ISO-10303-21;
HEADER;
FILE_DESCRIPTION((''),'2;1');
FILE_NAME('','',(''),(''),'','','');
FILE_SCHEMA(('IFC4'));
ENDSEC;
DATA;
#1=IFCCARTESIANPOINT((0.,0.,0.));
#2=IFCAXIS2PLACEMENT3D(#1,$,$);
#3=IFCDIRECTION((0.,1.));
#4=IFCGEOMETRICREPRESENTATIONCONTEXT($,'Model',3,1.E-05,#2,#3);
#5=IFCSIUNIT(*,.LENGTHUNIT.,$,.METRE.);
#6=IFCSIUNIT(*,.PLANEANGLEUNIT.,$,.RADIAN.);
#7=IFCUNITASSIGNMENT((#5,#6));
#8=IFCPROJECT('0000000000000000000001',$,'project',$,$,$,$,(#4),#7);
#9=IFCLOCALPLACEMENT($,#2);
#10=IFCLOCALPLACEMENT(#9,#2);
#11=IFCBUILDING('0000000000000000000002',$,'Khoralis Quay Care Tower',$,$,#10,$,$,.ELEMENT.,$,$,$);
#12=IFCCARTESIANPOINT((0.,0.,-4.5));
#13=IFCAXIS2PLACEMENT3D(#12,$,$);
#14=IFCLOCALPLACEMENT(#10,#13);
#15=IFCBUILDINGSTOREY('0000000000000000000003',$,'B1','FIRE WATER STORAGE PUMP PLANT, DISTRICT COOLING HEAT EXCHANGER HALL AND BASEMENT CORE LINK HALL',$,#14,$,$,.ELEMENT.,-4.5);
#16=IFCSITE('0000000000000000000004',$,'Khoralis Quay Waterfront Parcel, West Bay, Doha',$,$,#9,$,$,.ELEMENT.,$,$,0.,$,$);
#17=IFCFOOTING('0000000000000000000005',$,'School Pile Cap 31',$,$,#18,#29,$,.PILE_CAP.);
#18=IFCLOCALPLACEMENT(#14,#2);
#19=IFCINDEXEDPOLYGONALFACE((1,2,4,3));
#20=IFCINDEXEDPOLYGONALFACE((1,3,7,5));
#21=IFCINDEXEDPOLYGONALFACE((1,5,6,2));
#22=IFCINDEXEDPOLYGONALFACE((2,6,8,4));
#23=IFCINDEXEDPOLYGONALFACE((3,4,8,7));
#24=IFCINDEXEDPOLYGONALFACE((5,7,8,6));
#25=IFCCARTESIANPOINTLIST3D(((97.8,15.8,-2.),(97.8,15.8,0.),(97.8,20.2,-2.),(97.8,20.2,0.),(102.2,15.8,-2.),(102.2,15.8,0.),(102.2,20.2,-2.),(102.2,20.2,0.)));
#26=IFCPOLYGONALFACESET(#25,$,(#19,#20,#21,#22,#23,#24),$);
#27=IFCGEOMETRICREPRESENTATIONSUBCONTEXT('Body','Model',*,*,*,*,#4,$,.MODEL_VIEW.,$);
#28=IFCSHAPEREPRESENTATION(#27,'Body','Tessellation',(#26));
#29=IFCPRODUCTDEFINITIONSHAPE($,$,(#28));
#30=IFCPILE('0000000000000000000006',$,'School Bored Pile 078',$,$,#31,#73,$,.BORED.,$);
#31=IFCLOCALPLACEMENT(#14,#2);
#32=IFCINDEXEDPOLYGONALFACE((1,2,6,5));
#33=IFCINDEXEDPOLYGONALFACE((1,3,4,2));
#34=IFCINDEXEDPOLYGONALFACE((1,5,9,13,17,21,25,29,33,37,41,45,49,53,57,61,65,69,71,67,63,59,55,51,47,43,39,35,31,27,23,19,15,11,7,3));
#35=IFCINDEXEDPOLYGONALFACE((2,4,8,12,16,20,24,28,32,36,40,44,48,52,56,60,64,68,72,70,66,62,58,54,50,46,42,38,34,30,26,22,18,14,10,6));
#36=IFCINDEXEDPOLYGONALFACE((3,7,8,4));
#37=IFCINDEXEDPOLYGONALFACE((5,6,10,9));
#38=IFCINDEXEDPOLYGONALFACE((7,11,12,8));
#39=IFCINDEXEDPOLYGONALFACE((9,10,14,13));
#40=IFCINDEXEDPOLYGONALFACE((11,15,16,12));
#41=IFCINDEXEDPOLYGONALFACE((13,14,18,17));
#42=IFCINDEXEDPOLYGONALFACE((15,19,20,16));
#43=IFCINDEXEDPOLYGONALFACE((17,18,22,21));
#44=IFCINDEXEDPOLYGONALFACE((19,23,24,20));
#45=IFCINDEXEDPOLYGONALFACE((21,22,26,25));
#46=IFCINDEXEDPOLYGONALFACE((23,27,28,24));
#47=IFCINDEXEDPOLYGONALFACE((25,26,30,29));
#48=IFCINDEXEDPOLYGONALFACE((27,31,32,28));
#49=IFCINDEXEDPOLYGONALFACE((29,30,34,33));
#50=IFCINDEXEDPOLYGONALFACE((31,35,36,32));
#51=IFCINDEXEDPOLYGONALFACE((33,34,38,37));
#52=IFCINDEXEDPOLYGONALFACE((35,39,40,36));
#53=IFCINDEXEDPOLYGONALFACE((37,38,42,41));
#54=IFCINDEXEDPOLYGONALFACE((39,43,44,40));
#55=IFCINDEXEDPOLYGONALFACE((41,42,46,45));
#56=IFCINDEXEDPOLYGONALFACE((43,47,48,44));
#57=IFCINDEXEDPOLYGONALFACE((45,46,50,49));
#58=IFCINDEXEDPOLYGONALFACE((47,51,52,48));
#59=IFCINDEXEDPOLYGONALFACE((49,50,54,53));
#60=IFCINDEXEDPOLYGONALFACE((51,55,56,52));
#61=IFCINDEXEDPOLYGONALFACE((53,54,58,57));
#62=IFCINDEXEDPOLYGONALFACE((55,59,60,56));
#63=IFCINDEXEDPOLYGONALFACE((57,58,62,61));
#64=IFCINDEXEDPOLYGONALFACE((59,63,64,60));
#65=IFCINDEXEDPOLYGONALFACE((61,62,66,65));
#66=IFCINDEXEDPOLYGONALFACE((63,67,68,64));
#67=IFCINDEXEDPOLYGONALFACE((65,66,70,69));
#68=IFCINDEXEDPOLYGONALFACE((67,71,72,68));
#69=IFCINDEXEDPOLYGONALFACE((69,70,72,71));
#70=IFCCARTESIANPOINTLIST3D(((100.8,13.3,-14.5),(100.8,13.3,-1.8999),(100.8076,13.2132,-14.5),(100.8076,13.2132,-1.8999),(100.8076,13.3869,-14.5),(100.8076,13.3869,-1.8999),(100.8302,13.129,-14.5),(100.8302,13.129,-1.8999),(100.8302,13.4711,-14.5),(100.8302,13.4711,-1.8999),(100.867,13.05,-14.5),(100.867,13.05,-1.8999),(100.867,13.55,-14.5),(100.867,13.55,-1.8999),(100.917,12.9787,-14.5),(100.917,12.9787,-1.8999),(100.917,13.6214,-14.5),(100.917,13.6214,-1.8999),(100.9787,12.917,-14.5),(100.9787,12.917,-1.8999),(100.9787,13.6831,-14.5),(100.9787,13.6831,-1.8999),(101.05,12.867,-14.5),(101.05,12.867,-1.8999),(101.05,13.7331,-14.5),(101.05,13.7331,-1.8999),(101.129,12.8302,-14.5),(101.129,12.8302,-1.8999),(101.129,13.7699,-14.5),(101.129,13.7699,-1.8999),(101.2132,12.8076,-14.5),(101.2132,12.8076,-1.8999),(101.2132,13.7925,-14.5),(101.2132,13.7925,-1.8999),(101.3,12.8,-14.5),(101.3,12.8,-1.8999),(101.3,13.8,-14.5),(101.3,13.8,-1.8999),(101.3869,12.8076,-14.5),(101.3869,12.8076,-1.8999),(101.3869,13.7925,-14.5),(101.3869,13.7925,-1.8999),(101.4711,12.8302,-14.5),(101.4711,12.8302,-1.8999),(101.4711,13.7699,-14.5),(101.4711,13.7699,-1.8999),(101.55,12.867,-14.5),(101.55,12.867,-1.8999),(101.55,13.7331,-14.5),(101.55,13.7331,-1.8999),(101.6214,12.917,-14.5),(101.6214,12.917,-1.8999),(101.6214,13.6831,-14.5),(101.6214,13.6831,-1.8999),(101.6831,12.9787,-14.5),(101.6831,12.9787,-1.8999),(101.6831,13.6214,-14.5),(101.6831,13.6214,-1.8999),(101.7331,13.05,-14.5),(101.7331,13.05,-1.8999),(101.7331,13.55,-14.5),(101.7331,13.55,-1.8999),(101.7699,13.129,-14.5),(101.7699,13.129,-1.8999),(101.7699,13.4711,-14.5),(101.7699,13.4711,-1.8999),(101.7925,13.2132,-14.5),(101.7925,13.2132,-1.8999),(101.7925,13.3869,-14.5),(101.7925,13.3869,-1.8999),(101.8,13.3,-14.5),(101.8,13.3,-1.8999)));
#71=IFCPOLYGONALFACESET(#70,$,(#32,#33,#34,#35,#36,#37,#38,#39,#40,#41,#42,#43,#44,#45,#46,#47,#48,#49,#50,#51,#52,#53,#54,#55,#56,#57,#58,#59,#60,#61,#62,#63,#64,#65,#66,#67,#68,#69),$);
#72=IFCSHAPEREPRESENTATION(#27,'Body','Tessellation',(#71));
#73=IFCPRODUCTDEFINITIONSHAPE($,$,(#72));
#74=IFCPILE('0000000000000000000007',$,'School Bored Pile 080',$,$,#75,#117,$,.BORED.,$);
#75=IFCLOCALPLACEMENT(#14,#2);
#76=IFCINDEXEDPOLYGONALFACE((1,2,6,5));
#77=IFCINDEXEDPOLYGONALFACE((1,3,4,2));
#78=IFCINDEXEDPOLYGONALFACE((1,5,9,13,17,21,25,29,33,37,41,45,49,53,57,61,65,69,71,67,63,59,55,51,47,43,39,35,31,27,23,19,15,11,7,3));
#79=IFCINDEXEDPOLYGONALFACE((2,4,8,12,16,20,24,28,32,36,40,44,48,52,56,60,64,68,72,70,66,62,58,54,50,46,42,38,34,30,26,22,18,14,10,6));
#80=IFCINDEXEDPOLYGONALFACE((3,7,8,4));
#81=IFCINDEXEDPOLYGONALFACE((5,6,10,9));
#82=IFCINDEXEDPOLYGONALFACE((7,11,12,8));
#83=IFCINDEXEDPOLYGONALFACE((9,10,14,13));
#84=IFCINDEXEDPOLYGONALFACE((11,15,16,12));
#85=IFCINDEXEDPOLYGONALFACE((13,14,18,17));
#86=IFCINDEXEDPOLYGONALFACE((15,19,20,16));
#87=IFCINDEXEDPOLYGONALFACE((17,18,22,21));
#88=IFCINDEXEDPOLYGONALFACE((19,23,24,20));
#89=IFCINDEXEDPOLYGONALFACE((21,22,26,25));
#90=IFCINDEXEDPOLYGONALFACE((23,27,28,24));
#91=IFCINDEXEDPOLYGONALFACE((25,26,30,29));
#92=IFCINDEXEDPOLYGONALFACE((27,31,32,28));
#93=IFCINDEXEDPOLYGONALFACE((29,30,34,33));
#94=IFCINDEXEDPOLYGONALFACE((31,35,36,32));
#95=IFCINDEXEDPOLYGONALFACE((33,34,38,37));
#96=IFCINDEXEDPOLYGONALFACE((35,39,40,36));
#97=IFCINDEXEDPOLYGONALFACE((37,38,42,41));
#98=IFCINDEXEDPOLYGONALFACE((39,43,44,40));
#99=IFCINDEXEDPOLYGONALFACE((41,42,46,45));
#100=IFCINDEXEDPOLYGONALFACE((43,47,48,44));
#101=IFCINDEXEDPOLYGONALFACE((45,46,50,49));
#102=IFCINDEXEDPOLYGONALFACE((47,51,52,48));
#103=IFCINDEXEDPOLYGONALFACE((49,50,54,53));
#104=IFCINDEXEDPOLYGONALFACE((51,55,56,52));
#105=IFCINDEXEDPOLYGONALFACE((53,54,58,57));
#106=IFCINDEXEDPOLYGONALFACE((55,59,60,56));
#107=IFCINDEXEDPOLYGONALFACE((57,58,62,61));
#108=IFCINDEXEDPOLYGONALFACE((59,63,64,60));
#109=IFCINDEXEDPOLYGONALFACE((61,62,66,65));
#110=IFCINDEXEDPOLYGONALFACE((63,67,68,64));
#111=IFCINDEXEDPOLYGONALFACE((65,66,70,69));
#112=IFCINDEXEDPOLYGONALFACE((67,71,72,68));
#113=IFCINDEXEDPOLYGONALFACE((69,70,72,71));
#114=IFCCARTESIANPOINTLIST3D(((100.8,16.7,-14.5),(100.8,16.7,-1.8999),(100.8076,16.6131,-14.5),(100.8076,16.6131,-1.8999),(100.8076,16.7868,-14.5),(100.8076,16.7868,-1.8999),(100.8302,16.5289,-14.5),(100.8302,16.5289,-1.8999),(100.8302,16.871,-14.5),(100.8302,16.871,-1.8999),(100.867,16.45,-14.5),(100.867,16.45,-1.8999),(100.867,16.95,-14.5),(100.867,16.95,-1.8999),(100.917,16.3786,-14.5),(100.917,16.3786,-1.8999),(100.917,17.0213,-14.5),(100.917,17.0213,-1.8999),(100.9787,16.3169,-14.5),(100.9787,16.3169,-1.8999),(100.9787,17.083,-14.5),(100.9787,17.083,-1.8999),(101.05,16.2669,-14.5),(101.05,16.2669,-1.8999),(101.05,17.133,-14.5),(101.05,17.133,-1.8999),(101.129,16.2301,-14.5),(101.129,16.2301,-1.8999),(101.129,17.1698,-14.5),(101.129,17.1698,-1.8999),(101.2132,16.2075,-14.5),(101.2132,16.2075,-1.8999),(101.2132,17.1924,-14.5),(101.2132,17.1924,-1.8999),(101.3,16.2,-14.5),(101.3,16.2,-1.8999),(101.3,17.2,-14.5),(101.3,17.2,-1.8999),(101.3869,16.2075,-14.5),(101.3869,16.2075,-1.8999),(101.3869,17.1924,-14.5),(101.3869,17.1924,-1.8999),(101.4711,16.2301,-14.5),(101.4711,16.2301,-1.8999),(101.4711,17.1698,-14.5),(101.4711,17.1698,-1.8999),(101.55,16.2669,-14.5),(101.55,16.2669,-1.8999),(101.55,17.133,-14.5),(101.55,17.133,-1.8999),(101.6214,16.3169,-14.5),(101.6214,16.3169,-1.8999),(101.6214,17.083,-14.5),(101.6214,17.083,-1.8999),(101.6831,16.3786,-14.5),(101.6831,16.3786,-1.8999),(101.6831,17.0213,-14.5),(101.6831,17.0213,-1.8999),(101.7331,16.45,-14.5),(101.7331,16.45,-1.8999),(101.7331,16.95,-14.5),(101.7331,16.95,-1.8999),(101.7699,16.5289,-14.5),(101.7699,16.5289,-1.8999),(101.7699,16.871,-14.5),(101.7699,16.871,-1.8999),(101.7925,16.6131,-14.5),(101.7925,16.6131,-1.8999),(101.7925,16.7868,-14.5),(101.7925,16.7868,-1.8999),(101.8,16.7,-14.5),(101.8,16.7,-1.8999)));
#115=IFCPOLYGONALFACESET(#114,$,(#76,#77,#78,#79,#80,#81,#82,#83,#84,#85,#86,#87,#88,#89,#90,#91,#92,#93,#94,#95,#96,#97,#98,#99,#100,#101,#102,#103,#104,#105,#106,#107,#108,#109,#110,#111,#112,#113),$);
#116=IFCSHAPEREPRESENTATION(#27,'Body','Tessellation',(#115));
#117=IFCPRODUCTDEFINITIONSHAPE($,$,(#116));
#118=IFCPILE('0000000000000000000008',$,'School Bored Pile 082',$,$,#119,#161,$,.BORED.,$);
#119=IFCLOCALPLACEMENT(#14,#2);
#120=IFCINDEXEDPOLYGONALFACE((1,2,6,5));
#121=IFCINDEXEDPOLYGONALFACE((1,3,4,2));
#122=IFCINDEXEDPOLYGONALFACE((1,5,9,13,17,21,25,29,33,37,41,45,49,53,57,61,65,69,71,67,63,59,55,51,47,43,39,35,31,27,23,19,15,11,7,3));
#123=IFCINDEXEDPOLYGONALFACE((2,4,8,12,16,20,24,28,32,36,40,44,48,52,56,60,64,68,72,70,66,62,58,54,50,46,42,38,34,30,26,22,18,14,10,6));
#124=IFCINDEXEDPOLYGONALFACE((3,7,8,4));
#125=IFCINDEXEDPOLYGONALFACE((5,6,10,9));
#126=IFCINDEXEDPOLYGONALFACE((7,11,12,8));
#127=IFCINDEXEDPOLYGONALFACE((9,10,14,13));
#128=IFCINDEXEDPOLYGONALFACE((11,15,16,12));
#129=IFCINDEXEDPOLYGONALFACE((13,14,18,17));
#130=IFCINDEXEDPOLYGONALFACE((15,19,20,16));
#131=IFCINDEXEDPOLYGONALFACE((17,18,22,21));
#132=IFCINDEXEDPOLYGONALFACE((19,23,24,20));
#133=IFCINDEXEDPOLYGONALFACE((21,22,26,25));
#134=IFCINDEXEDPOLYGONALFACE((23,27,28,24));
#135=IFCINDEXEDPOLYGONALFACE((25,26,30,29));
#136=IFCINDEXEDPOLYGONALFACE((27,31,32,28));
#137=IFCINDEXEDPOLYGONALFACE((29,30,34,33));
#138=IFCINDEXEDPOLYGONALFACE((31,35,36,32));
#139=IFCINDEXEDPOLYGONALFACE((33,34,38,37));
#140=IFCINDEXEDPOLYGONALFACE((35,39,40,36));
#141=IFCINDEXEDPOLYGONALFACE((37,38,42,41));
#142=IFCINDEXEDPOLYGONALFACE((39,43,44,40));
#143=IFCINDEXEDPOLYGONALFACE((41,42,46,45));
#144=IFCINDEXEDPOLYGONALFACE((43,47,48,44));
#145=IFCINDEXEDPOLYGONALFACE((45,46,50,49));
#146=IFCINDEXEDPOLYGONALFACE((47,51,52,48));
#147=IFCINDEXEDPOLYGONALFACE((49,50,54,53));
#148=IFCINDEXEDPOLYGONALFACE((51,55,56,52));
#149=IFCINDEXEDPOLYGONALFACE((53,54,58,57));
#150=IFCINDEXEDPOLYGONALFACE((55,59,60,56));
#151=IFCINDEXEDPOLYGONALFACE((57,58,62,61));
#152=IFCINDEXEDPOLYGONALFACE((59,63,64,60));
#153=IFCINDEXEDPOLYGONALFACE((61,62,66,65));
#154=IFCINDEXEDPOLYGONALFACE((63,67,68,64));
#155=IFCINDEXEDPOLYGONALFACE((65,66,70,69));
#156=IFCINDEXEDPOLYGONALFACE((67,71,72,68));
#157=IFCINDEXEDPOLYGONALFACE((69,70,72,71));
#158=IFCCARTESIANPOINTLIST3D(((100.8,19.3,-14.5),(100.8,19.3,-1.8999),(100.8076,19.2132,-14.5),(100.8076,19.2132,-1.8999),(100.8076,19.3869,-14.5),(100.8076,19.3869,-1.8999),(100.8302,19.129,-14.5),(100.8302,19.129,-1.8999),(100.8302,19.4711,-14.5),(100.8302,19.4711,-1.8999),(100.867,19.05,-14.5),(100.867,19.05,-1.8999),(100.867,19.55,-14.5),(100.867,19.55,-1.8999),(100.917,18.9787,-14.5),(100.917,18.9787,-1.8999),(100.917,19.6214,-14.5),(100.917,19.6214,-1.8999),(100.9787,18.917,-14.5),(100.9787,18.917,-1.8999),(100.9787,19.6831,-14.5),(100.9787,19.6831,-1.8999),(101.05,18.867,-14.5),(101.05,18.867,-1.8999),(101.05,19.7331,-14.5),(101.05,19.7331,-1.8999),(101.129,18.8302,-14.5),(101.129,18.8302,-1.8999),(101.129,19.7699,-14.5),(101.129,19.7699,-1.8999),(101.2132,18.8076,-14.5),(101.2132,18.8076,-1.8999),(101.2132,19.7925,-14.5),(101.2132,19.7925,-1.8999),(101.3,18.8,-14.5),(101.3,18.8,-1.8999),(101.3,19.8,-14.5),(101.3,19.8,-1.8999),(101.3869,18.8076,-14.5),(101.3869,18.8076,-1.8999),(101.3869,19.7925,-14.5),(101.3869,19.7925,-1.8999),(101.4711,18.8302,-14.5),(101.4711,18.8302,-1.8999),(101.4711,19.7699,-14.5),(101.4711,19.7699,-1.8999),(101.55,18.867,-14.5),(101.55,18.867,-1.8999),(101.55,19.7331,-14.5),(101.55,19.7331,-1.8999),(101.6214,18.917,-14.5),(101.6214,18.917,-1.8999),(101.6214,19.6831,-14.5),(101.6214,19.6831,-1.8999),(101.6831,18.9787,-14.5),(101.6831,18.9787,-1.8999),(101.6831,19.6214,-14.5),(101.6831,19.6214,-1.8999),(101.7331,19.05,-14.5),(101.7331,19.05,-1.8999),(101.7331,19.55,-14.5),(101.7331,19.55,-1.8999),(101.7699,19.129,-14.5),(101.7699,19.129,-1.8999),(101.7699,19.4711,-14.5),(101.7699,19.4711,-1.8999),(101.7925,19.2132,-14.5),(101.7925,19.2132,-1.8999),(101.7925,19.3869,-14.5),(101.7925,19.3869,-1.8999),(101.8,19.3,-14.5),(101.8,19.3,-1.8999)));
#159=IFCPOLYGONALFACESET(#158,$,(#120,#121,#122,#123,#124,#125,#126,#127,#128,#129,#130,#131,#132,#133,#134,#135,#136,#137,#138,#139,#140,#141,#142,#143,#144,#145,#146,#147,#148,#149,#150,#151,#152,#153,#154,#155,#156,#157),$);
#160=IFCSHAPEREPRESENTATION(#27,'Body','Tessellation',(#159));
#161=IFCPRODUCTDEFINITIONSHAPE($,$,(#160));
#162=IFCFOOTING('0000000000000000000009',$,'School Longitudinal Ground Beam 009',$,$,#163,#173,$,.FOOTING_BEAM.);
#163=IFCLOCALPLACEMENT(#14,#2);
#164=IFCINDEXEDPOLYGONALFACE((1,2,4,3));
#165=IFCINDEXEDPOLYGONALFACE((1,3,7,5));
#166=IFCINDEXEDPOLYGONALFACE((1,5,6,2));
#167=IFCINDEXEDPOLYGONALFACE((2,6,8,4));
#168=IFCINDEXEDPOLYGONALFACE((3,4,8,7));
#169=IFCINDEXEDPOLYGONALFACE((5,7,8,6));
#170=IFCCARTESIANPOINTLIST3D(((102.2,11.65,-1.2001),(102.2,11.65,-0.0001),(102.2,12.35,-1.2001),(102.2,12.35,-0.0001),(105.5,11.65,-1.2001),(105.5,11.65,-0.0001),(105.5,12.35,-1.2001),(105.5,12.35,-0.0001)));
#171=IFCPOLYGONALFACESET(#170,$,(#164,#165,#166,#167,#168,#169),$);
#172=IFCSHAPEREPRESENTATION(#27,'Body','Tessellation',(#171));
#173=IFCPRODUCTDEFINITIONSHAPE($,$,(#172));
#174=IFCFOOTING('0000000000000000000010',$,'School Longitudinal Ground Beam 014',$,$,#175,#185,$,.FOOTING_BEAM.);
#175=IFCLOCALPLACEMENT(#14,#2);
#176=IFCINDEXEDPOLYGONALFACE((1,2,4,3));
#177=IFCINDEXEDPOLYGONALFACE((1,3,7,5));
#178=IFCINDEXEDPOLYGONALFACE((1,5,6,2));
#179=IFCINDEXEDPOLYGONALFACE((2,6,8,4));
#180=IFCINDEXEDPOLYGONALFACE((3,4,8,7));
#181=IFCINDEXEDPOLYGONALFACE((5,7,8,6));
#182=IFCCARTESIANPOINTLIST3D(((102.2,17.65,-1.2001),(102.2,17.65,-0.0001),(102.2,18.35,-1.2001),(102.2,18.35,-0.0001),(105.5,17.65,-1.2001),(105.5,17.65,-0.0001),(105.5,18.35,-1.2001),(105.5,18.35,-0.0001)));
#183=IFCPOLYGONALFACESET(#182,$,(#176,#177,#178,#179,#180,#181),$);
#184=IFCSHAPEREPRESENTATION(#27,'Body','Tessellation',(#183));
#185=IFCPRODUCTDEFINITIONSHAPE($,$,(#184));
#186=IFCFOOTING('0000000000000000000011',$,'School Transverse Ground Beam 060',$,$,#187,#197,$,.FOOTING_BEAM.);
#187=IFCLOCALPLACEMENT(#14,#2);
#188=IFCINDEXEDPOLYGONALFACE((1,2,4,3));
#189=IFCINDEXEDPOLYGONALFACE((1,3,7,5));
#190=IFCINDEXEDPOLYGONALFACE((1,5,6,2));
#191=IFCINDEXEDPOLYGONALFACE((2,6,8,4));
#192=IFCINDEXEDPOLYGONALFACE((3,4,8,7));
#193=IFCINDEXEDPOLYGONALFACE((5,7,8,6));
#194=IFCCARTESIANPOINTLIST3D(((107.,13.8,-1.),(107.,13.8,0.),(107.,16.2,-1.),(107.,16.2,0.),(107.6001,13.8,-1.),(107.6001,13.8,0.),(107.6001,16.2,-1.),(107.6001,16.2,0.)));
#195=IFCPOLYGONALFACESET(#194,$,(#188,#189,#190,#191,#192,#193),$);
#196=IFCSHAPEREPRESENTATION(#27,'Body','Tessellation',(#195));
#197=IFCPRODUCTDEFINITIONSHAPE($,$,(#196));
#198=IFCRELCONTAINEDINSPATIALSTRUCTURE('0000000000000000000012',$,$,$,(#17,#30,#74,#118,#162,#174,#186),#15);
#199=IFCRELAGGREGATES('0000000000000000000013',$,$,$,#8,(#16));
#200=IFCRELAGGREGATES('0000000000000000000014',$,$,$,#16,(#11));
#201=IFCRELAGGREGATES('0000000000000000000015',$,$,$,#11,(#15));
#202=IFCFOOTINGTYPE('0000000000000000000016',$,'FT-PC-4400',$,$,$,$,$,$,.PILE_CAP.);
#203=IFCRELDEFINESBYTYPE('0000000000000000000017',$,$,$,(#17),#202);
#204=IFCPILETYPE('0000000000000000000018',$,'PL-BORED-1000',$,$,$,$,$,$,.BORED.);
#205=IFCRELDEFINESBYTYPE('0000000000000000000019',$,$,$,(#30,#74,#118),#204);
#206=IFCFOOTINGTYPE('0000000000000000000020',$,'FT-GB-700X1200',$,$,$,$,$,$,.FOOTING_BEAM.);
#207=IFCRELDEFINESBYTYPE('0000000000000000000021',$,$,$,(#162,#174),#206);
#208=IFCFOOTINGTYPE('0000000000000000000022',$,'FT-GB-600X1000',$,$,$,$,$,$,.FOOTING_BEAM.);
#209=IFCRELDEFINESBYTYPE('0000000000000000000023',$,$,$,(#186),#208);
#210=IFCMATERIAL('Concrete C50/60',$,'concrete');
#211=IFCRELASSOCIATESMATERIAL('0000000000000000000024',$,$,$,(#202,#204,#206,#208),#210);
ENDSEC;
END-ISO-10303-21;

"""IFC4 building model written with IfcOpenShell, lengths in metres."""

from ifc_helpers import new_model, si_unit, direction, frame, origin, origin_2d, place, context, subcontext, project, spatial, rectangle, circle, extrude, source, transform, mapped, material, material_profile, profile_set, type_object, element, save


model = new_model("IFC4")

# Units and contexts
model_context = context("Model", 3, precision=1e-05, world=origin(), true_north=direction((0.0, 1.0)))
body_context = subcontext(model_context, "Body", "Model", "MODEL_VIEW")
ifc_project = project(units=[si_unit("LENGTHUNIT", "METRE"), si_unit("PLANEANGLEUNIT", "RADIAN")], contexts=[model_context])

# Site, building, storey
site_placement = place(None, origin())
site = spatial("IfcSite", under=ifc_project, at=site_placement, Name="Khoralis Quay Waterfront Parcel, West Bay, Doha", CompositionType="ELEMENT", RefElevation=0.0)
building_placement = place(site_placement, origin())
building = spatial("IfcBuilding", under=site, at=building_placement, Name="Khoralis Quay Care Tower", CompositionType="ELEMENT")
storey_placement = place(building_placement, frame((0.0, 0.0, -4.5)))
storey = spatial("IfcBuildingStorey", under=building, at=storey_placement, Name="B1", Description="FIRE WATER STORAGE PUMP PLANT, DISTRICT COOLING HEAT EXCHANGER HALL AND BASEMENT CORE LINK HALL", CompositionType="ELEMENT", Elevation=-4.5)

# Shared definitions
ifc_material_1 = material(Name="Concrete C50/60", Category="concrete")

# Footing
footing_type_1 = type_object("IfcFootingType", Name="FT-PC-4400", PredefinedType="PILE_CAP", material=ifc_material_1)
shared_shape_1 = source(origin(), body_context, "Body", "SweptSolid", [
    extrude(rectangle(XDim=4.3999, YDim=4.3999, at=origin_2d()), origin(), (0.0, 0.0, 1.0), 2.0),
])
footing_1_placement = place(storey_placement, frame((100.0, 18.0, -2.0), z_axis=(0.0, 0.0, 1.0), x_axis=(1.0, 0.0, 0.0)))
element("IfcFooting", 1, at=footing_1_placement, inside=storey, type_object=footing_type_1, Name="School Pile Cap 31", PredefinedType="PILE_CAP", context=body_context, shape_type="MappedRepresentation", body=[
    mapped(shared_shape_1, transform((0.0, 0.0, 0.0), scale=1.0)),
])

# Piles
ifc_material_profile_1 = material_profile(ifc_material_1, circle(Radius=0.5, at=origin_2d()), Name="Concrete C50/60")
ifc_profile_set_1 = profile_set([ifc_material_profile_1], Name="Concrete C50/60")
pile_type_1 = type_object("IfcPileType", Name="PL-BORED-1000", PredefinedType="BORED", material=ifc_profile_set_1)
shared_shape_2 = source(origin(), body_context, "Body", "SweptSolid", [
    extrude(circle(Radius=0.5, at=origin_2d()), origin(), (0.0, 0.0, 1.0), 12.6001),
])
for number, where, z_axis, x_axis, name in (
    (2, (101.3, 13.3, -1.8999), (0.0, 0.0, -1.0), (1.0, 0.0, 0.0), "School Bored Pile 078"),
    (3, (101.3, 16.7, -1.8999), (0.0, 0.0, -1.0), (1.0, 0.0, 0.0), "School Bored Pile 080"),
    (4, (101.3, 19.3, -1.8999), (0.0, 0.0, -1.0), (1.0, 0.0, 0.0), "School Bored Pile 082"),
):
    element("IfcPile", number, at=place(storey_placement, frame(where, z_axis=z_axis, x_axis=x_axis)), inside=storey, type_object=pile_type_1, Name=name, PredefinedType="BORED", context=body_context, shape_type="MappedRepresentation", body=[
        mapped(shared_shape_2, transform((0.0, 0.0, 0.0), scale=1.0)),
    ])

# Footings
ifc_material_profile_2 = material_profile(ifc_material_1, rectangle(XDim=0.7, YDim=1.2, at=origin_2d()), Name="Concrete C50/60")
ifc_profile_set_2 = profile_set([ifc_material_profile_2], Name="Concrete C50/60")
footing_type_2 = type_object("IfcFootingType", Name="FT-GB-700X1200", PredefinedType="FOOTING_BEAM", material=ifc_profile_set_2)
shared_shape_3 = source(origin(), body_context, "Body", "SweptSolid", [
    extrude(rectangle(XDim=0.7, YDim=1.2, at=origin_2d()), origin(), (0.0, 0.0, 1.0), 3.3),
])
for number, where, z_axis, x_axis, name in (
    (5, (102.2, 12.0, -0.6001), (1.0, 0.0, 0.0), (0.0, 1.0, 0.0), "School Longitudinal Ground Beam 009"),
    (6, (102.2, 18.0, -0.6001), (1.0, 0.0, 0.0), (0.0, 1.0, 0.0), "School Longitudinal Ground Beam 014"),
):
    element("IfcFooting", number, at=place(storey_placement, frame(where, z_axis=z_axis, x_axis=x_axis)), inside=storey, type_object=footing_type_2, Name=name, PredefinedType="FOOTING_BEAM", context=body_context, shape_type="MappedRepresentation", body=[
        mapped(shared_shape_3, transform((0.0, 0.0, 0.0), scale=1.0)),
    ])
ifc_material_profile_3 = material_profile(ifc_material_1, rectangle(XDim=0.6001, YDim=1.0, at=origin_2d()), Name="Concrete C50/60")
ifc_profile_set_3 = profile_set([ifc_material_profile_3], Name="Concrete C50/60")
footing_type_3 = type_object("IfcFootingType", Name="FT-GB-600X1000", PredefinedType="FOOTING_BEAM", material=ifc_profile_set_3)
shared_shape_4 = source(origin(), body_context, "Body", "SweptSolid", [
    extrude(rectangle(XDim=0.6001, YDim=1.0, at=origin_2d()), origin(), (0.0, 0.0, 1.0), 2.3999),
])
for number, where, z_axis, x_axis, name in (
    (7, (107.3, 13.8, -0.5), (0.0, 1.0, 0.0), (-1.0, 0.0, 0.0), "School Transverse Ground Beam 060"),
):
    element("IfcFooting", number, at=place(storey_placement, frame(where, z_axis=z_axis, x_axis=x_axis)), inside=storey, type_object=footing_type_3, Name=name, PredefinedType="FOOTING_BEAM", context=body_context, shape_type="MappedRepresentation", body=[
        mapped(shared_shape_4, transform((0.0, 0.0, 0.0), scale=1.0)),
    ])

save(model, "model.ifc")
